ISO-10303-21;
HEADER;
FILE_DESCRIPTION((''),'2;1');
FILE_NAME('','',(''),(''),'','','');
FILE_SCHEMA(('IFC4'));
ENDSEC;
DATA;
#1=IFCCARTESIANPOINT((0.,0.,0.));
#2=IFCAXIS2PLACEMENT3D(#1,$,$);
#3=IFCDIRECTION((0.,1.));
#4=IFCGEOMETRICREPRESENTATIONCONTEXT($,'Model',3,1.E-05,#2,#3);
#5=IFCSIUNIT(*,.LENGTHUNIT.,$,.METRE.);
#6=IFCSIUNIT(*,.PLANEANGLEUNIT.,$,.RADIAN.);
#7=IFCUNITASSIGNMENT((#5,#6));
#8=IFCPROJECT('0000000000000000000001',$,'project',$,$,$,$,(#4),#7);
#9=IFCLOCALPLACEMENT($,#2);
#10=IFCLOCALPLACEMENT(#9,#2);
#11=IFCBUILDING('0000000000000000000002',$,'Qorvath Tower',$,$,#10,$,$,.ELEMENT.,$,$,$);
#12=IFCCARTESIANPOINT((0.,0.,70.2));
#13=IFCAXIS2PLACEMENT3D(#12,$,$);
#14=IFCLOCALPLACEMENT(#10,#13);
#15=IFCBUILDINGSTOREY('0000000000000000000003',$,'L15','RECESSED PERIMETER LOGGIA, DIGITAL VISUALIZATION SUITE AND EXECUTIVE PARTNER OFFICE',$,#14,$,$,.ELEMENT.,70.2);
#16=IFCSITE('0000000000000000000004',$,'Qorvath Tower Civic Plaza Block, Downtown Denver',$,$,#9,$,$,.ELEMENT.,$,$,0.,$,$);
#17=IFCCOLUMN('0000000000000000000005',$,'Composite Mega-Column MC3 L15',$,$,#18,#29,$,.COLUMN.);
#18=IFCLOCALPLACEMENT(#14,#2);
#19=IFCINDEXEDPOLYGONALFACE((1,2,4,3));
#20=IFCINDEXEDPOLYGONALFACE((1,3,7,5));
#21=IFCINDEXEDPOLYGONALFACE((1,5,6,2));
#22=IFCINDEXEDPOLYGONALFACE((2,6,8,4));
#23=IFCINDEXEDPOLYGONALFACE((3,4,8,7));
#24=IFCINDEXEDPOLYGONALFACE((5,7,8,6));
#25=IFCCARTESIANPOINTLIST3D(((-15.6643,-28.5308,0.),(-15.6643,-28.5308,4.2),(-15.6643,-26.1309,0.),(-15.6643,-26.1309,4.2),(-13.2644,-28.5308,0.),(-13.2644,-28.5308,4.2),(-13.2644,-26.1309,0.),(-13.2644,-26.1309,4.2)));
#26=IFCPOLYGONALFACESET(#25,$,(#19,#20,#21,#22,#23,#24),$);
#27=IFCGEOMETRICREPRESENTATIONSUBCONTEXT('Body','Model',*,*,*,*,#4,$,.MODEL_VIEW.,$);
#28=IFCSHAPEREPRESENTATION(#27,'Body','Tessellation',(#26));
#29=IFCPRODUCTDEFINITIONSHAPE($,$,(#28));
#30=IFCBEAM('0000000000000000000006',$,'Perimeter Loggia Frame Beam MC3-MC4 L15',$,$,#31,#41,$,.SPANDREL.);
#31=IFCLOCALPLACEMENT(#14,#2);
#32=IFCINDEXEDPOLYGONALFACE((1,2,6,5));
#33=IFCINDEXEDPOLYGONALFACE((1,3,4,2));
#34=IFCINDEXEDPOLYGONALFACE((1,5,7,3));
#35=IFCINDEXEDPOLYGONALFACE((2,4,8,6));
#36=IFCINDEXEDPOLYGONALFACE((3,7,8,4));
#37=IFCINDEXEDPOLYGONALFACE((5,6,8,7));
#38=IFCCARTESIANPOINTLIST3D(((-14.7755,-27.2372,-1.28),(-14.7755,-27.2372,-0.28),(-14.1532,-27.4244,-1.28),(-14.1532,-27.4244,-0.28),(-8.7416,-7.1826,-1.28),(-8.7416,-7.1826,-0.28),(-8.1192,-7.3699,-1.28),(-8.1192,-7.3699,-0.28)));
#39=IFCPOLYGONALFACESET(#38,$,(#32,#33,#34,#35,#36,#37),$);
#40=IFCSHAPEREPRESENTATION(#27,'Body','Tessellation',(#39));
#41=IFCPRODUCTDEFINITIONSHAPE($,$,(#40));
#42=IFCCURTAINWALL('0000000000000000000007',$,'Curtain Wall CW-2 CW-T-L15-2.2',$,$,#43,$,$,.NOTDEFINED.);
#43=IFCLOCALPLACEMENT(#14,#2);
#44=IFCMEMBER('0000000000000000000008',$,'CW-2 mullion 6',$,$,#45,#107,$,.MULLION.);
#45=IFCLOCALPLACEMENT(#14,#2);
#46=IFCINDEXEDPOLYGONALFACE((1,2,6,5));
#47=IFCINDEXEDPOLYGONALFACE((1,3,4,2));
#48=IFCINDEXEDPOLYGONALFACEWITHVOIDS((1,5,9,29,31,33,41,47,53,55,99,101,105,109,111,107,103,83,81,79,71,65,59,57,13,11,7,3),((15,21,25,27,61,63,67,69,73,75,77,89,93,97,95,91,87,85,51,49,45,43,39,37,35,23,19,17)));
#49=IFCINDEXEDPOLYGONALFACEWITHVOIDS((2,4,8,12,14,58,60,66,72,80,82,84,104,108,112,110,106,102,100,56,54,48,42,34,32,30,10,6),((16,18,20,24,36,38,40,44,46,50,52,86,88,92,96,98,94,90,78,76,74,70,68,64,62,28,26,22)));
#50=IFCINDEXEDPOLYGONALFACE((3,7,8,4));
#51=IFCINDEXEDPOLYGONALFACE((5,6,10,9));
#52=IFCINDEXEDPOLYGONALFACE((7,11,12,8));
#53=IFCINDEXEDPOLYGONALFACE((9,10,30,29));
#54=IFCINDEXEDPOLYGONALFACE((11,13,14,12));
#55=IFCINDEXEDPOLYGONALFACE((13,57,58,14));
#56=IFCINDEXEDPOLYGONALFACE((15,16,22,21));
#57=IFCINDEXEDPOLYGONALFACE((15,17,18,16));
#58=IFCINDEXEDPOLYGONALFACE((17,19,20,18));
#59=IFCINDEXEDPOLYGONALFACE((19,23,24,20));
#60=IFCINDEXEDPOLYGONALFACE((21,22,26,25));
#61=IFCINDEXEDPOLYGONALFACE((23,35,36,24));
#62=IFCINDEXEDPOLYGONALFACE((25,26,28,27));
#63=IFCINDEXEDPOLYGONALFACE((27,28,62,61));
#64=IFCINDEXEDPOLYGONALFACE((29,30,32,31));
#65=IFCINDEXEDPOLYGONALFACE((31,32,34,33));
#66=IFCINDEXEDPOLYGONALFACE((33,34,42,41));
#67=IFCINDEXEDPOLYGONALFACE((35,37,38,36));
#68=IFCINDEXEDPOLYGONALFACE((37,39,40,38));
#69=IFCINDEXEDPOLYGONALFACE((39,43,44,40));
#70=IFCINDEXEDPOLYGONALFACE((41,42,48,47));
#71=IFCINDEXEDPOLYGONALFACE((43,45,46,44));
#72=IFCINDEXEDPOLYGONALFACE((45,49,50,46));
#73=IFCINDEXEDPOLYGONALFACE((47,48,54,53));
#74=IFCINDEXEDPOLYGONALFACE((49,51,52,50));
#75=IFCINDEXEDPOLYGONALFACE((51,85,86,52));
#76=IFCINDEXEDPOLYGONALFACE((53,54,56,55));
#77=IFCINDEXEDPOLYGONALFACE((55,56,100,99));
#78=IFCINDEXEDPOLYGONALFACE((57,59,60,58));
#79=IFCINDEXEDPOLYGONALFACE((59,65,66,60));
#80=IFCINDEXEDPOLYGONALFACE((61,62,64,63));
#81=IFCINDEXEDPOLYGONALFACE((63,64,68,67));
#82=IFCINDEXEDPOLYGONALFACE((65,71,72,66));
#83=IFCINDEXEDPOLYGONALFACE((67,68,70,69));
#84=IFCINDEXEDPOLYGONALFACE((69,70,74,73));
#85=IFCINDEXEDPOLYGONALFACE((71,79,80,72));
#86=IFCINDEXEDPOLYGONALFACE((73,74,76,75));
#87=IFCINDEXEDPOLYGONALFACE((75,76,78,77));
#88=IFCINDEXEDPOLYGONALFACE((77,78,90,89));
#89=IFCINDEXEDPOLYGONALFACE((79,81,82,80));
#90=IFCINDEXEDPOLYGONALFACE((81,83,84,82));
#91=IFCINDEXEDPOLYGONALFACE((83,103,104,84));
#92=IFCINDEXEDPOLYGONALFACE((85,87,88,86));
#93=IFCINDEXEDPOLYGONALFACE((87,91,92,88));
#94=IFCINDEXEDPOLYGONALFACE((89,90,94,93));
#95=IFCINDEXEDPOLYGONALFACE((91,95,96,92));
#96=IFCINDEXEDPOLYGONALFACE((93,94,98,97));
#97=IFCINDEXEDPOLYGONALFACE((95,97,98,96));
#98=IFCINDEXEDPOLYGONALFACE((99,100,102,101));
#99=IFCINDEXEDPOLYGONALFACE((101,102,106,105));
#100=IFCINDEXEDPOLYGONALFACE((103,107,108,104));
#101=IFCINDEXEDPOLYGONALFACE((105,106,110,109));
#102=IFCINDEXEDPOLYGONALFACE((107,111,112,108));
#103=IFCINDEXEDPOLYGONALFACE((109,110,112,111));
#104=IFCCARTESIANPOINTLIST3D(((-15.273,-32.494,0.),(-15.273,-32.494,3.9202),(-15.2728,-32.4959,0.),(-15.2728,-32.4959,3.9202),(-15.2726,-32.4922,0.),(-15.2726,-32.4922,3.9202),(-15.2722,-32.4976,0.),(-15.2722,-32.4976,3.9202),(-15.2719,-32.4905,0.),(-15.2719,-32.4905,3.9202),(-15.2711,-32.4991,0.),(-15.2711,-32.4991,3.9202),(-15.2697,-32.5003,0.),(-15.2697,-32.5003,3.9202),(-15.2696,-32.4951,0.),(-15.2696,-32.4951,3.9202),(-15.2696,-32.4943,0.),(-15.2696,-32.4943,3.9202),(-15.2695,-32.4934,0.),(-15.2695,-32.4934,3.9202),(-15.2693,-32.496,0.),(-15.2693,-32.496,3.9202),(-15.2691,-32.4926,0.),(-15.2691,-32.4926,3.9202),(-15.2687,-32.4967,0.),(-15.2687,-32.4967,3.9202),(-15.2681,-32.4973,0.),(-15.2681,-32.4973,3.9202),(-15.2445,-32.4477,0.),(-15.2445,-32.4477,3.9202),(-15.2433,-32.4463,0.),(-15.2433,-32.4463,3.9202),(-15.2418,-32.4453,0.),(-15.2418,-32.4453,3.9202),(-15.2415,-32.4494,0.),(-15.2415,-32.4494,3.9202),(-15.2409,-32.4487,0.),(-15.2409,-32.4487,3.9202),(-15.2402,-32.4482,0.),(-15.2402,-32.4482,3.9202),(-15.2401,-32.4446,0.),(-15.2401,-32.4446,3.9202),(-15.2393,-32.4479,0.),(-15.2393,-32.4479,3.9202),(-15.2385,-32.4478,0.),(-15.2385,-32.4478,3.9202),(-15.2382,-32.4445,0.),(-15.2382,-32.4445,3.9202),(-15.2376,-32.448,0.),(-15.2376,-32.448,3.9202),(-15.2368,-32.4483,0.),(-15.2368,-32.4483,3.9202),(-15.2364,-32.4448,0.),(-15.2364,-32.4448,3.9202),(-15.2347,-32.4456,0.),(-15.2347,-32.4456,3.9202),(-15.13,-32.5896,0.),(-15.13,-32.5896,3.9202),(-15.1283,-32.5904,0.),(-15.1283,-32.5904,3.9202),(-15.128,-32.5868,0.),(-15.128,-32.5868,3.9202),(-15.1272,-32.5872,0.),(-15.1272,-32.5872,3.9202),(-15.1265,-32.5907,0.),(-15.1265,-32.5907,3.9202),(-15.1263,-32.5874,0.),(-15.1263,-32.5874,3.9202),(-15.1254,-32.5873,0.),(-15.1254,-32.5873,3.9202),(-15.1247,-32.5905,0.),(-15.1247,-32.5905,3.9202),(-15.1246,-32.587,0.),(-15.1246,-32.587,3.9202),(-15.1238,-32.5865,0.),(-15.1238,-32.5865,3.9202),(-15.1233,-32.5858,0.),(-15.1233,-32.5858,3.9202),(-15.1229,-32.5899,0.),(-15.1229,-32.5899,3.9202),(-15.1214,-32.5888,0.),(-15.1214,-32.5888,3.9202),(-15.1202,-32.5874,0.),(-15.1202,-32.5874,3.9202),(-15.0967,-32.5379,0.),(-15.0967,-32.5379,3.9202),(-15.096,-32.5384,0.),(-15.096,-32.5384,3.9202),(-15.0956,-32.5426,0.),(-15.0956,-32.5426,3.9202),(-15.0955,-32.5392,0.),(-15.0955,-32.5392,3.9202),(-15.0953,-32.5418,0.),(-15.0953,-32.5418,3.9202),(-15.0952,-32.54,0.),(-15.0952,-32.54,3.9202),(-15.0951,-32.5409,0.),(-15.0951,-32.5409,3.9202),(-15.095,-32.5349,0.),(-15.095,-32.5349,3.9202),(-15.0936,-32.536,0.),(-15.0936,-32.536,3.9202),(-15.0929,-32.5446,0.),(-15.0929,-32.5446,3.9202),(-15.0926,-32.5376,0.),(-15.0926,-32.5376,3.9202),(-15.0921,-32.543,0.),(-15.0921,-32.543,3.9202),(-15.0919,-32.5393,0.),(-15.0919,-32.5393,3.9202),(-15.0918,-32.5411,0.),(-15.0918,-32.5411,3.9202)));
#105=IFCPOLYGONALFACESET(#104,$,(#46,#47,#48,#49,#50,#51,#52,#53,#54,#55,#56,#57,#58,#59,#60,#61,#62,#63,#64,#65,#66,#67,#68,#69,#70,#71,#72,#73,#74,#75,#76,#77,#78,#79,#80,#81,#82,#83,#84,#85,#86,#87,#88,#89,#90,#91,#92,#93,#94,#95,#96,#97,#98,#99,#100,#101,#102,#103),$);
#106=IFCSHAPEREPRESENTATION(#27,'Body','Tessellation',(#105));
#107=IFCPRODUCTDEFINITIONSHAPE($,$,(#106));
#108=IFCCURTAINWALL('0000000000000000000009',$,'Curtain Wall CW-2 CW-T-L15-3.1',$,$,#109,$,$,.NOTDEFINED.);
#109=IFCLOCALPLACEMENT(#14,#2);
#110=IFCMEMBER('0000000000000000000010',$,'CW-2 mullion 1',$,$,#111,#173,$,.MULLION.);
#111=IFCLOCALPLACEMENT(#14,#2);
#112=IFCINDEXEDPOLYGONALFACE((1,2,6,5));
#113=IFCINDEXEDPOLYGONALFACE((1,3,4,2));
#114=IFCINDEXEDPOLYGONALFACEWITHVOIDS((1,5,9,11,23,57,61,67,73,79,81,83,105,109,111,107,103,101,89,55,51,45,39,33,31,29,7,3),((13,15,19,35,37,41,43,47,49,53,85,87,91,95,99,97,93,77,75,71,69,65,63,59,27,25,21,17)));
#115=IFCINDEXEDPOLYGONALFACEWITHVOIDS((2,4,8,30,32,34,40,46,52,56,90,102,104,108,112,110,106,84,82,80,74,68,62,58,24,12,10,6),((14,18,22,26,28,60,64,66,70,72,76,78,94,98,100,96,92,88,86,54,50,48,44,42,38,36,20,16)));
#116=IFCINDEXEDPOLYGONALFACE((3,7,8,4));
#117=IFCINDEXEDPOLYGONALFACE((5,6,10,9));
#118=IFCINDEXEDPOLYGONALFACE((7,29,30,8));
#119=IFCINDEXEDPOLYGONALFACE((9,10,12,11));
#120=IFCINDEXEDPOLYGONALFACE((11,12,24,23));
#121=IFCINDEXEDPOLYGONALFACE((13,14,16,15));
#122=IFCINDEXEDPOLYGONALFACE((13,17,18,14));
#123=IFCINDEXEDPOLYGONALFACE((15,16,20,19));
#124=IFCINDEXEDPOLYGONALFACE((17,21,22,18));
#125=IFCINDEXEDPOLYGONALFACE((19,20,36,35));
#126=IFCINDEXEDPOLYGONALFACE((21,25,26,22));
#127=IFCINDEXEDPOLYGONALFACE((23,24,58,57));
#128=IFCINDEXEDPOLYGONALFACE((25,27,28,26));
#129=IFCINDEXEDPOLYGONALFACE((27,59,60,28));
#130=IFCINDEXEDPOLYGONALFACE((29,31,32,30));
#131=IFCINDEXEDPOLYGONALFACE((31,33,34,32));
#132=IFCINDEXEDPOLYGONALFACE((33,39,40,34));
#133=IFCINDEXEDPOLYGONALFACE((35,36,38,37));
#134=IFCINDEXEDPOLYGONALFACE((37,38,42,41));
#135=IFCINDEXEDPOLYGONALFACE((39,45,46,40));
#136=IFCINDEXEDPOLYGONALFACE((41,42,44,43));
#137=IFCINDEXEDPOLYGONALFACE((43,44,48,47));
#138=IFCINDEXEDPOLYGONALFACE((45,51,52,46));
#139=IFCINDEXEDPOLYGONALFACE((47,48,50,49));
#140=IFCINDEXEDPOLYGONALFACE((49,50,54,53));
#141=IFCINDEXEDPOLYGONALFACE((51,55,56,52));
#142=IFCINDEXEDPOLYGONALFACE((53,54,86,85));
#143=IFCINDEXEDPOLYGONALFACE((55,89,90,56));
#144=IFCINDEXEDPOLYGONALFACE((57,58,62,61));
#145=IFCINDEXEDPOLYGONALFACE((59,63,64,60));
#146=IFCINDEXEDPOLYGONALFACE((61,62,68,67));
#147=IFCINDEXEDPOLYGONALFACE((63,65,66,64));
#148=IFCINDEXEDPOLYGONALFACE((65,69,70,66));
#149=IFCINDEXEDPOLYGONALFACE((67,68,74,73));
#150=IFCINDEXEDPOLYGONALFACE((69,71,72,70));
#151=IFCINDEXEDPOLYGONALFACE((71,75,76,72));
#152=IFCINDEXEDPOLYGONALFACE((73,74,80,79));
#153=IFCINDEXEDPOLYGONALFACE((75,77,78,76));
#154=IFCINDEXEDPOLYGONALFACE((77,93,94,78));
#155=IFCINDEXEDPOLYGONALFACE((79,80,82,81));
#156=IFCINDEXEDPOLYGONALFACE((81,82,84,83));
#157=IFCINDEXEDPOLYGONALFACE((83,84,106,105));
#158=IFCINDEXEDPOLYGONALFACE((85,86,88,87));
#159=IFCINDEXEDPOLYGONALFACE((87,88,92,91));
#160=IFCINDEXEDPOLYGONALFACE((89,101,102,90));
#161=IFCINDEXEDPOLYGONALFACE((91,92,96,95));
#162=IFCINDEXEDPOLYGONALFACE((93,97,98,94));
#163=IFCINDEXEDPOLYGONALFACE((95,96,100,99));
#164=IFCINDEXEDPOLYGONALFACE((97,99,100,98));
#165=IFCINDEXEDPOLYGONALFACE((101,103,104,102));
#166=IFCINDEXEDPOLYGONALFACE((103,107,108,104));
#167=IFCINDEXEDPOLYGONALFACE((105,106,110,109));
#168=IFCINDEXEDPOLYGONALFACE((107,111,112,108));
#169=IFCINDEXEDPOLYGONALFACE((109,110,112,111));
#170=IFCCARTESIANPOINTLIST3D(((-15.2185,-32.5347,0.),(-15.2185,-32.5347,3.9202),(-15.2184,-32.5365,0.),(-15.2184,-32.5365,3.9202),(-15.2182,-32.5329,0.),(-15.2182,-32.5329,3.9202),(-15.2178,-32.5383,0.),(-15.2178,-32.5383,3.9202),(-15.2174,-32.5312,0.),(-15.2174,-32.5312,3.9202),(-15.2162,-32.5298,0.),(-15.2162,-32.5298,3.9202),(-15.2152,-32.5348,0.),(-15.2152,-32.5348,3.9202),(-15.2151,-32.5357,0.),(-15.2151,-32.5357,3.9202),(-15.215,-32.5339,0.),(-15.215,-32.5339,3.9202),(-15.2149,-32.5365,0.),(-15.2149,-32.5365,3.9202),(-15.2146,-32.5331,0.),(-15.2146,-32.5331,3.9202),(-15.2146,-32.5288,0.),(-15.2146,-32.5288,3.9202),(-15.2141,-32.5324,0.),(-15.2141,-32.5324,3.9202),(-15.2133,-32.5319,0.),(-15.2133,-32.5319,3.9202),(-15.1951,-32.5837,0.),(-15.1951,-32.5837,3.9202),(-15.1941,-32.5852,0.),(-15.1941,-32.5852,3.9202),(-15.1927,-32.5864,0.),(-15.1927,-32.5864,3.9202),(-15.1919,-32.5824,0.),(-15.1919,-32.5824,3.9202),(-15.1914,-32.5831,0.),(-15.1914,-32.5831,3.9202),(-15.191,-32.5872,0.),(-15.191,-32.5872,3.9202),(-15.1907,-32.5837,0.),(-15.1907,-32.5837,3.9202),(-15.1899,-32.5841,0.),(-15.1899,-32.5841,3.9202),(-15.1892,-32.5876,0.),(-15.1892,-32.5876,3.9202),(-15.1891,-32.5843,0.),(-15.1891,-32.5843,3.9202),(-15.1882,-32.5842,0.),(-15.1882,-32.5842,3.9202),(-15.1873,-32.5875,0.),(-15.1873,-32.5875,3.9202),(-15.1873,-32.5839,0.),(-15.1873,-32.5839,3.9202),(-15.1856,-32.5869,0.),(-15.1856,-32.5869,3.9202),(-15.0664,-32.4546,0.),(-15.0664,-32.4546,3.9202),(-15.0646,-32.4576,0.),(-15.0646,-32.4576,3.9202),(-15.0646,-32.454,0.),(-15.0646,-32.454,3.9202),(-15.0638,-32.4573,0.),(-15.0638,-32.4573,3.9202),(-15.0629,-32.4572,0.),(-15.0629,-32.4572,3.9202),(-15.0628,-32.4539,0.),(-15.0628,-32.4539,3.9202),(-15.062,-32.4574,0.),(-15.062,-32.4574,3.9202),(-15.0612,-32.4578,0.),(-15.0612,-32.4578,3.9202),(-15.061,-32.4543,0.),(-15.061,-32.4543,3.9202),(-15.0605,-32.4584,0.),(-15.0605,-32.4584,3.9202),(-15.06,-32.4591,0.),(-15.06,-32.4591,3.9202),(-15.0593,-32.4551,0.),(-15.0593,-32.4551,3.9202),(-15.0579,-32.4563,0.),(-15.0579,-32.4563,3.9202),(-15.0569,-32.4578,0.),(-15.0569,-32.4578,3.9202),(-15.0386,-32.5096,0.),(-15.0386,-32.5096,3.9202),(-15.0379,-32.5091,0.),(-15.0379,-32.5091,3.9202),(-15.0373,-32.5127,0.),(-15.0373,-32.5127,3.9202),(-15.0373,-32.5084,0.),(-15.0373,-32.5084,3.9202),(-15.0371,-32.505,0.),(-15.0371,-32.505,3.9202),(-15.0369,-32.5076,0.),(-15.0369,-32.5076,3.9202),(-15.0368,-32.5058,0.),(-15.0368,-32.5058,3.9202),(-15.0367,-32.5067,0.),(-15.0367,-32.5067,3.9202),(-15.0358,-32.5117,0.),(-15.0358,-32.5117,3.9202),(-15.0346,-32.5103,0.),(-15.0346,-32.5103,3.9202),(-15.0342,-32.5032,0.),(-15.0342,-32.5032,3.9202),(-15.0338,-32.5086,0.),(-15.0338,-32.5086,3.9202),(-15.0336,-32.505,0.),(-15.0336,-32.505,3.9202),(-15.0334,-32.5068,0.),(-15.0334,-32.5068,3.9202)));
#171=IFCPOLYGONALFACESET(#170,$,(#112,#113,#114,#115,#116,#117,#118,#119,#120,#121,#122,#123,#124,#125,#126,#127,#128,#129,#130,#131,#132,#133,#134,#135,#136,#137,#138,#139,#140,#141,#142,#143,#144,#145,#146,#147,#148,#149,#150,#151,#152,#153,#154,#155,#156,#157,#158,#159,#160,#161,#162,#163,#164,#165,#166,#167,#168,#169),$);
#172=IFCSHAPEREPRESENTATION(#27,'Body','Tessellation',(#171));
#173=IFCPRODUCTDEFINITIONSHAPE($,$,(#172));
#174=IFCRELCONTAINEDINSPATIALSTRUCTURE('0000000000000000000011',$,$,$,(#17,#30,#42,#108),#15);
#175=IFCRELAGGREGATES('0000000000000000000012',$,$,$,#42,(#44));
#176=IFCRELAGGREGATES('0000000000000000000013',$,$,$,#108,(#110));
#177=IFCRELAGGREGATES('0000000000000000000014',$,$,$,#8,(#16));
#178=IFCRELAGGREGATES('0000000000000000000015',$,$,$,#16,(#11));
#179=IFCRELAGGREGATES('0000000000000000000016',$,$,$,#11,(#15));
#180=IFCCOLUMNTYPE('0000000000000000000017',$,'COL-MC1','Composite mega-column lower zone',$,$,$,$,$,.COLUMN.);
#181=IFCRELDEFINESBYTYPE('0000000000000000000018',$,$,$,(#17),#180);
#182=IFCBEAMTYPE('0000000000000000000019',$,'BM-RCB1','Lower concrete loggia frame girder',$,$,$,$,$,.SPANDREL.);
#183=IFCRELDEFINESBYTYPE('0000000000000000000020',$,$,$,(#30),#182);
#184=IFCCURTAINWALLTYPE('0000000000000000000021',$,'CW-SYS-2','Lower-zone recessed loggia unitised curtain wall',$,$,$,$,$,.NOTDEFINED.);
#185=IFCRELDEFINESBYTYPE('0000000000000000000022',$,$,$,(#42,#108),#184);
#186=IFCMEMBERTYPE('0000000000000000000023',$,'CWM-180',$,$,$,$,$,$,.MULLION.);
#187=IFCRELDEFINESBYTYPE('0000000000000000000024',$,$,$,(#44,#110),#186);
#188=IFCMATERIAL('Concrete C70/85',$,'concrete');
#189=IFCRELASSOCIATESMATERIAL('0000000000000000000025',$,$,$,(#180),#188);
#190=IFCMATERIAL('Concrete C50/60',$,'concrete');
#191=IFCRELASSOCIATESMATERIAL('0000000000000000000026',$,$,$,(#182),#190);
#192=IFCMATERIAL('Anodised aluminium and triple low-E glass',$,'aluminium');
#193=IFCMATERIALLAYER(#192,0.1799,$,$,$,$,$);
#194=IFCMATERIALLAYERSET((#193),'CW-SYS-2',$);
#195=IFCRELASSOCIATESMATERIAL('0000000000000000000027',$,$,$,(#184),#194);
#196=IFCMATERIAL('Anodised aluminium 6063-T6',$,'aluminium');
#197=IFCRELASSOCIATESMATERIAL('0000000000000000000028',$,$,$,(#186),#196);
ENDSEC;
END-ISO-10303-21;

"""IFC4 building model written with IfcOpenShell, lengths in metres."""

from ifc_helpers import new_model, si_unit, direction, frame, origin, origin_2d, place, context, subcontext, project, spatial, rectangle, hollow_rectangle, extrude, material, layer, layer_set, material_profile, profile_set, type_object, element, aggregate, save


model = new_model("IFC4")

# Units and contexts
model_context = context("Model", 3, precision=1e-05, world=origin(), true_north=direction((0.0, 1.0)))
body_context = subcontext(model_context, "Body", "Model", "MODEL_VIEW")
ifc_project = project(units=[si_unit("LENGTHUNIT", "METRE"), si_unit("PLANEANGLEUNIT", "RADIAN")], contexts=[model_context])

# Site, building, storey
site_placement = place(None, origin())
site = spatial("IfcSite", under=ifc_project, at=site_placement, Name="Qorvath Tower Civic Plaza Block, Downtown Denver", CompositionType="ELEMENT", RefElevation=0.0)
building_placement = place(site_placement, origin())
building = spatial("IfcBuilding", under=site, at=building_placement, Name="Qorvath Tower", CompositionType="ELEMENT")
storey_placement = place(building_placement, frame((0.0, 0.0, 70.2)))
storey = spatial("IfcBuildingStorey", under=building, at=storey_placement, Name="L15", Description="RECESSED PERIMETER LOGGIA, DIGITAL VISUALIZATION SUITE AND EXECUTIVE PARTNER OFFICE", CompositionType="ELEMENT", Elevation=70.2)

# Column
ifc_material_1 = material(Name="Concrete C70/85", Category="concrete")
ifc_material_profile_1 = material_profile(ifc_material_1, rectangle(XDim=2.3999, YDim=2.3999, at=origin_2d()), Name="MC 2400x2400")
ifc_profile_set_1 = profile_set([ifc_material_profile_1], Name="Concrete C70/85")
column_type = type_object("IfcColumnType", Name="COL-MC1", Description="Composite mega-column lower zone", PredefinedType="COLUMN", material=ifc_profile_set_1)
column_placement = place(storey_placement, frame((-14.4644, -27.3308, 0.0), z_axis=(0.0, 0.0, 1.0), x_axis=(1.0, 0.0, 0.0)))
element("IfcColumn", 1, at=column_placement, inside=storey, type_object=column_type, Name="Composite Mega-Column MC3 L15", PredefinedType="COLUMN", context=body_context, shape_type="SweptSolid", body=[
    extrude(rectangle(XDim=2.3999, YDim=2.3999, at=origin_2d()), origin(), (0.0, 0.0, 1.0), 4.2),
])

# Beam
ifc_material_2 = material(Name="Concrete C50/60", Category="concrete")
ifc_material_profile_2 = material_profile(ifc_material_2, rectangle(XDim=0.6499, YDim=1.0, at=origin_2d()), Name="RCB 1000x650")
ifc_profile_set_2 = profile_set([ifc_material_profile_2], Name="Concrete C50/60")
beam_type = type_object("IfcBeamType", Name="BM-RCB1", Description="Lower concrete loggia frame girder", PredefinedType="SPANDREL", material=ifc_profile_set_2)
beam_placement = place(storey_placement, frame((-14.4644, -27.3308, -0.78), z_axis=(0.288119, 0.957595, 0.0), x_axis=(-0.957595, 0.288119, 0.0)))
element("IfcBeam", 2, at=beam_placement, inside=storey, type_object=beam_type, Name="Perimeter Loggia Frame Beam MC3-MC4 L15", PredefinedType="SPANDREL", context=body_context, shape_type="SweptSolid", body=[
    extrude(rectangle(XDim=0.6499, YDim=1.0, at=origin_2d()), origin(), (0.0, 0.0, 1.0), 20.9426),
])

# Curtain wall, member
ifc_material_3 = material(Name="Anodised aluminium and triple low-E glass", Category="aluminium")
ifc_layer_1 = layer(ifc_material_3, 0.1799)
ifc_layer_set_1 = layer_set([ifc_layer_1], Name="CW-SYS-2")
curtain_wall_type = type_object("IfcCurtainWallType", Name="CW-SYS-2", Description="Lower-zone recessed loggia unitised curtain wall", PredefinedType="NOTDEFINED", material=ifc_layer_set_1)
curtain_wall_1_placement = place(storey_placement, origin())
curtain_wall_1 = element("IfcCurtainWall", 3, at=curtain_wall_1_placement, inside=storey, type_object=curtain_wall_type, Name="Curtain Wall CW-2 CW-T-L15-2.2", PredefinedType="NOTDEFINED")
ifc_material_4 = material(Name="Anodised aluminium 6063-T6", Category="aluminium")
ifc_material_profile_3 = material_profile(ifc_material_4, hollow_rectangle(XDim=0.0649, YDim=0.1799, WallThickness=0.0034, InnerFilletRadius=0.0034, OuterFilletRadius=0.0071, at=origin_2d()), Name="CWM 180x65")
ifc_profile_set_3 = profile_set([ifc_material_profile_3], Name="Anodised aluminium 6063-T6")
member_type_1 = type_object("IfcMemberType", Name="CWM-180", PredefinedType="MULLION", material=ifc_profile_set_3)
member_1_placement = place(storey_placement, frame((-15.1824, -32.5176, 0.0), z_axis=(0.0, 0.0, 1.0), x_axis=(0.538537, 0.842602, 0.0)))
member_1 = element("IfcMember", 4, at=member_1_placement, type_object=member_type_1, Name="CW-2 mullion 6", PredefinedType="MULLION", context=body_context, shape_type="SweptSolid", body=[
    extrude(hollow_rectangle(XDim=0.0649, YDim=0.1799, WallThickness=0.0034, InnerFilletRadius=0.0034, OuterFilletRadius=0.0071, at=origin_2d()), origin(), (0.0, 0.0, 1.0), 3.9202),
])

# Curtain wall, member
curtain_wall_2_placement = place(storey_placement, origin())
curtain_wall_2 = element("IfcCurtainWall", 5, at=curtain_wall_2_placement, inside=storey, type_object=curtain_wall_type, Name="Curtain Wall CW-2 CW-T-L15-3.1", PredefinedType="NOTDEFINED")
member_2_placement = place(storey_placement, frame((-15.126, -32.5208, 0.0), z_axis=(0.0, 0.0, 1.0), x_axis=(-0.447221, 0.894423, 0.0)))
member_2 = element("IfcMember", 6, at=member_2_placement, type_object=member_type_1, Name="CW-2 mullion 1", PredefinedType="MULLION", context=body_context, shape_type="SweptSolid", body=[
    extrude(hollow_rectangle(XDim=0.0649, YDim=0.1799, WallThickness=0.0034, InnerFilletRadius=0.0034, OuterFilletRadius=0.0071, at=origin_2d()), origin(), (0.0, 0.0, 1.0), 3.9202),
])

aggregate(curtain_wall_1, [member_1])
aggregate(curtain_wall_2, [member_2])

save(model, "model.ifc")
